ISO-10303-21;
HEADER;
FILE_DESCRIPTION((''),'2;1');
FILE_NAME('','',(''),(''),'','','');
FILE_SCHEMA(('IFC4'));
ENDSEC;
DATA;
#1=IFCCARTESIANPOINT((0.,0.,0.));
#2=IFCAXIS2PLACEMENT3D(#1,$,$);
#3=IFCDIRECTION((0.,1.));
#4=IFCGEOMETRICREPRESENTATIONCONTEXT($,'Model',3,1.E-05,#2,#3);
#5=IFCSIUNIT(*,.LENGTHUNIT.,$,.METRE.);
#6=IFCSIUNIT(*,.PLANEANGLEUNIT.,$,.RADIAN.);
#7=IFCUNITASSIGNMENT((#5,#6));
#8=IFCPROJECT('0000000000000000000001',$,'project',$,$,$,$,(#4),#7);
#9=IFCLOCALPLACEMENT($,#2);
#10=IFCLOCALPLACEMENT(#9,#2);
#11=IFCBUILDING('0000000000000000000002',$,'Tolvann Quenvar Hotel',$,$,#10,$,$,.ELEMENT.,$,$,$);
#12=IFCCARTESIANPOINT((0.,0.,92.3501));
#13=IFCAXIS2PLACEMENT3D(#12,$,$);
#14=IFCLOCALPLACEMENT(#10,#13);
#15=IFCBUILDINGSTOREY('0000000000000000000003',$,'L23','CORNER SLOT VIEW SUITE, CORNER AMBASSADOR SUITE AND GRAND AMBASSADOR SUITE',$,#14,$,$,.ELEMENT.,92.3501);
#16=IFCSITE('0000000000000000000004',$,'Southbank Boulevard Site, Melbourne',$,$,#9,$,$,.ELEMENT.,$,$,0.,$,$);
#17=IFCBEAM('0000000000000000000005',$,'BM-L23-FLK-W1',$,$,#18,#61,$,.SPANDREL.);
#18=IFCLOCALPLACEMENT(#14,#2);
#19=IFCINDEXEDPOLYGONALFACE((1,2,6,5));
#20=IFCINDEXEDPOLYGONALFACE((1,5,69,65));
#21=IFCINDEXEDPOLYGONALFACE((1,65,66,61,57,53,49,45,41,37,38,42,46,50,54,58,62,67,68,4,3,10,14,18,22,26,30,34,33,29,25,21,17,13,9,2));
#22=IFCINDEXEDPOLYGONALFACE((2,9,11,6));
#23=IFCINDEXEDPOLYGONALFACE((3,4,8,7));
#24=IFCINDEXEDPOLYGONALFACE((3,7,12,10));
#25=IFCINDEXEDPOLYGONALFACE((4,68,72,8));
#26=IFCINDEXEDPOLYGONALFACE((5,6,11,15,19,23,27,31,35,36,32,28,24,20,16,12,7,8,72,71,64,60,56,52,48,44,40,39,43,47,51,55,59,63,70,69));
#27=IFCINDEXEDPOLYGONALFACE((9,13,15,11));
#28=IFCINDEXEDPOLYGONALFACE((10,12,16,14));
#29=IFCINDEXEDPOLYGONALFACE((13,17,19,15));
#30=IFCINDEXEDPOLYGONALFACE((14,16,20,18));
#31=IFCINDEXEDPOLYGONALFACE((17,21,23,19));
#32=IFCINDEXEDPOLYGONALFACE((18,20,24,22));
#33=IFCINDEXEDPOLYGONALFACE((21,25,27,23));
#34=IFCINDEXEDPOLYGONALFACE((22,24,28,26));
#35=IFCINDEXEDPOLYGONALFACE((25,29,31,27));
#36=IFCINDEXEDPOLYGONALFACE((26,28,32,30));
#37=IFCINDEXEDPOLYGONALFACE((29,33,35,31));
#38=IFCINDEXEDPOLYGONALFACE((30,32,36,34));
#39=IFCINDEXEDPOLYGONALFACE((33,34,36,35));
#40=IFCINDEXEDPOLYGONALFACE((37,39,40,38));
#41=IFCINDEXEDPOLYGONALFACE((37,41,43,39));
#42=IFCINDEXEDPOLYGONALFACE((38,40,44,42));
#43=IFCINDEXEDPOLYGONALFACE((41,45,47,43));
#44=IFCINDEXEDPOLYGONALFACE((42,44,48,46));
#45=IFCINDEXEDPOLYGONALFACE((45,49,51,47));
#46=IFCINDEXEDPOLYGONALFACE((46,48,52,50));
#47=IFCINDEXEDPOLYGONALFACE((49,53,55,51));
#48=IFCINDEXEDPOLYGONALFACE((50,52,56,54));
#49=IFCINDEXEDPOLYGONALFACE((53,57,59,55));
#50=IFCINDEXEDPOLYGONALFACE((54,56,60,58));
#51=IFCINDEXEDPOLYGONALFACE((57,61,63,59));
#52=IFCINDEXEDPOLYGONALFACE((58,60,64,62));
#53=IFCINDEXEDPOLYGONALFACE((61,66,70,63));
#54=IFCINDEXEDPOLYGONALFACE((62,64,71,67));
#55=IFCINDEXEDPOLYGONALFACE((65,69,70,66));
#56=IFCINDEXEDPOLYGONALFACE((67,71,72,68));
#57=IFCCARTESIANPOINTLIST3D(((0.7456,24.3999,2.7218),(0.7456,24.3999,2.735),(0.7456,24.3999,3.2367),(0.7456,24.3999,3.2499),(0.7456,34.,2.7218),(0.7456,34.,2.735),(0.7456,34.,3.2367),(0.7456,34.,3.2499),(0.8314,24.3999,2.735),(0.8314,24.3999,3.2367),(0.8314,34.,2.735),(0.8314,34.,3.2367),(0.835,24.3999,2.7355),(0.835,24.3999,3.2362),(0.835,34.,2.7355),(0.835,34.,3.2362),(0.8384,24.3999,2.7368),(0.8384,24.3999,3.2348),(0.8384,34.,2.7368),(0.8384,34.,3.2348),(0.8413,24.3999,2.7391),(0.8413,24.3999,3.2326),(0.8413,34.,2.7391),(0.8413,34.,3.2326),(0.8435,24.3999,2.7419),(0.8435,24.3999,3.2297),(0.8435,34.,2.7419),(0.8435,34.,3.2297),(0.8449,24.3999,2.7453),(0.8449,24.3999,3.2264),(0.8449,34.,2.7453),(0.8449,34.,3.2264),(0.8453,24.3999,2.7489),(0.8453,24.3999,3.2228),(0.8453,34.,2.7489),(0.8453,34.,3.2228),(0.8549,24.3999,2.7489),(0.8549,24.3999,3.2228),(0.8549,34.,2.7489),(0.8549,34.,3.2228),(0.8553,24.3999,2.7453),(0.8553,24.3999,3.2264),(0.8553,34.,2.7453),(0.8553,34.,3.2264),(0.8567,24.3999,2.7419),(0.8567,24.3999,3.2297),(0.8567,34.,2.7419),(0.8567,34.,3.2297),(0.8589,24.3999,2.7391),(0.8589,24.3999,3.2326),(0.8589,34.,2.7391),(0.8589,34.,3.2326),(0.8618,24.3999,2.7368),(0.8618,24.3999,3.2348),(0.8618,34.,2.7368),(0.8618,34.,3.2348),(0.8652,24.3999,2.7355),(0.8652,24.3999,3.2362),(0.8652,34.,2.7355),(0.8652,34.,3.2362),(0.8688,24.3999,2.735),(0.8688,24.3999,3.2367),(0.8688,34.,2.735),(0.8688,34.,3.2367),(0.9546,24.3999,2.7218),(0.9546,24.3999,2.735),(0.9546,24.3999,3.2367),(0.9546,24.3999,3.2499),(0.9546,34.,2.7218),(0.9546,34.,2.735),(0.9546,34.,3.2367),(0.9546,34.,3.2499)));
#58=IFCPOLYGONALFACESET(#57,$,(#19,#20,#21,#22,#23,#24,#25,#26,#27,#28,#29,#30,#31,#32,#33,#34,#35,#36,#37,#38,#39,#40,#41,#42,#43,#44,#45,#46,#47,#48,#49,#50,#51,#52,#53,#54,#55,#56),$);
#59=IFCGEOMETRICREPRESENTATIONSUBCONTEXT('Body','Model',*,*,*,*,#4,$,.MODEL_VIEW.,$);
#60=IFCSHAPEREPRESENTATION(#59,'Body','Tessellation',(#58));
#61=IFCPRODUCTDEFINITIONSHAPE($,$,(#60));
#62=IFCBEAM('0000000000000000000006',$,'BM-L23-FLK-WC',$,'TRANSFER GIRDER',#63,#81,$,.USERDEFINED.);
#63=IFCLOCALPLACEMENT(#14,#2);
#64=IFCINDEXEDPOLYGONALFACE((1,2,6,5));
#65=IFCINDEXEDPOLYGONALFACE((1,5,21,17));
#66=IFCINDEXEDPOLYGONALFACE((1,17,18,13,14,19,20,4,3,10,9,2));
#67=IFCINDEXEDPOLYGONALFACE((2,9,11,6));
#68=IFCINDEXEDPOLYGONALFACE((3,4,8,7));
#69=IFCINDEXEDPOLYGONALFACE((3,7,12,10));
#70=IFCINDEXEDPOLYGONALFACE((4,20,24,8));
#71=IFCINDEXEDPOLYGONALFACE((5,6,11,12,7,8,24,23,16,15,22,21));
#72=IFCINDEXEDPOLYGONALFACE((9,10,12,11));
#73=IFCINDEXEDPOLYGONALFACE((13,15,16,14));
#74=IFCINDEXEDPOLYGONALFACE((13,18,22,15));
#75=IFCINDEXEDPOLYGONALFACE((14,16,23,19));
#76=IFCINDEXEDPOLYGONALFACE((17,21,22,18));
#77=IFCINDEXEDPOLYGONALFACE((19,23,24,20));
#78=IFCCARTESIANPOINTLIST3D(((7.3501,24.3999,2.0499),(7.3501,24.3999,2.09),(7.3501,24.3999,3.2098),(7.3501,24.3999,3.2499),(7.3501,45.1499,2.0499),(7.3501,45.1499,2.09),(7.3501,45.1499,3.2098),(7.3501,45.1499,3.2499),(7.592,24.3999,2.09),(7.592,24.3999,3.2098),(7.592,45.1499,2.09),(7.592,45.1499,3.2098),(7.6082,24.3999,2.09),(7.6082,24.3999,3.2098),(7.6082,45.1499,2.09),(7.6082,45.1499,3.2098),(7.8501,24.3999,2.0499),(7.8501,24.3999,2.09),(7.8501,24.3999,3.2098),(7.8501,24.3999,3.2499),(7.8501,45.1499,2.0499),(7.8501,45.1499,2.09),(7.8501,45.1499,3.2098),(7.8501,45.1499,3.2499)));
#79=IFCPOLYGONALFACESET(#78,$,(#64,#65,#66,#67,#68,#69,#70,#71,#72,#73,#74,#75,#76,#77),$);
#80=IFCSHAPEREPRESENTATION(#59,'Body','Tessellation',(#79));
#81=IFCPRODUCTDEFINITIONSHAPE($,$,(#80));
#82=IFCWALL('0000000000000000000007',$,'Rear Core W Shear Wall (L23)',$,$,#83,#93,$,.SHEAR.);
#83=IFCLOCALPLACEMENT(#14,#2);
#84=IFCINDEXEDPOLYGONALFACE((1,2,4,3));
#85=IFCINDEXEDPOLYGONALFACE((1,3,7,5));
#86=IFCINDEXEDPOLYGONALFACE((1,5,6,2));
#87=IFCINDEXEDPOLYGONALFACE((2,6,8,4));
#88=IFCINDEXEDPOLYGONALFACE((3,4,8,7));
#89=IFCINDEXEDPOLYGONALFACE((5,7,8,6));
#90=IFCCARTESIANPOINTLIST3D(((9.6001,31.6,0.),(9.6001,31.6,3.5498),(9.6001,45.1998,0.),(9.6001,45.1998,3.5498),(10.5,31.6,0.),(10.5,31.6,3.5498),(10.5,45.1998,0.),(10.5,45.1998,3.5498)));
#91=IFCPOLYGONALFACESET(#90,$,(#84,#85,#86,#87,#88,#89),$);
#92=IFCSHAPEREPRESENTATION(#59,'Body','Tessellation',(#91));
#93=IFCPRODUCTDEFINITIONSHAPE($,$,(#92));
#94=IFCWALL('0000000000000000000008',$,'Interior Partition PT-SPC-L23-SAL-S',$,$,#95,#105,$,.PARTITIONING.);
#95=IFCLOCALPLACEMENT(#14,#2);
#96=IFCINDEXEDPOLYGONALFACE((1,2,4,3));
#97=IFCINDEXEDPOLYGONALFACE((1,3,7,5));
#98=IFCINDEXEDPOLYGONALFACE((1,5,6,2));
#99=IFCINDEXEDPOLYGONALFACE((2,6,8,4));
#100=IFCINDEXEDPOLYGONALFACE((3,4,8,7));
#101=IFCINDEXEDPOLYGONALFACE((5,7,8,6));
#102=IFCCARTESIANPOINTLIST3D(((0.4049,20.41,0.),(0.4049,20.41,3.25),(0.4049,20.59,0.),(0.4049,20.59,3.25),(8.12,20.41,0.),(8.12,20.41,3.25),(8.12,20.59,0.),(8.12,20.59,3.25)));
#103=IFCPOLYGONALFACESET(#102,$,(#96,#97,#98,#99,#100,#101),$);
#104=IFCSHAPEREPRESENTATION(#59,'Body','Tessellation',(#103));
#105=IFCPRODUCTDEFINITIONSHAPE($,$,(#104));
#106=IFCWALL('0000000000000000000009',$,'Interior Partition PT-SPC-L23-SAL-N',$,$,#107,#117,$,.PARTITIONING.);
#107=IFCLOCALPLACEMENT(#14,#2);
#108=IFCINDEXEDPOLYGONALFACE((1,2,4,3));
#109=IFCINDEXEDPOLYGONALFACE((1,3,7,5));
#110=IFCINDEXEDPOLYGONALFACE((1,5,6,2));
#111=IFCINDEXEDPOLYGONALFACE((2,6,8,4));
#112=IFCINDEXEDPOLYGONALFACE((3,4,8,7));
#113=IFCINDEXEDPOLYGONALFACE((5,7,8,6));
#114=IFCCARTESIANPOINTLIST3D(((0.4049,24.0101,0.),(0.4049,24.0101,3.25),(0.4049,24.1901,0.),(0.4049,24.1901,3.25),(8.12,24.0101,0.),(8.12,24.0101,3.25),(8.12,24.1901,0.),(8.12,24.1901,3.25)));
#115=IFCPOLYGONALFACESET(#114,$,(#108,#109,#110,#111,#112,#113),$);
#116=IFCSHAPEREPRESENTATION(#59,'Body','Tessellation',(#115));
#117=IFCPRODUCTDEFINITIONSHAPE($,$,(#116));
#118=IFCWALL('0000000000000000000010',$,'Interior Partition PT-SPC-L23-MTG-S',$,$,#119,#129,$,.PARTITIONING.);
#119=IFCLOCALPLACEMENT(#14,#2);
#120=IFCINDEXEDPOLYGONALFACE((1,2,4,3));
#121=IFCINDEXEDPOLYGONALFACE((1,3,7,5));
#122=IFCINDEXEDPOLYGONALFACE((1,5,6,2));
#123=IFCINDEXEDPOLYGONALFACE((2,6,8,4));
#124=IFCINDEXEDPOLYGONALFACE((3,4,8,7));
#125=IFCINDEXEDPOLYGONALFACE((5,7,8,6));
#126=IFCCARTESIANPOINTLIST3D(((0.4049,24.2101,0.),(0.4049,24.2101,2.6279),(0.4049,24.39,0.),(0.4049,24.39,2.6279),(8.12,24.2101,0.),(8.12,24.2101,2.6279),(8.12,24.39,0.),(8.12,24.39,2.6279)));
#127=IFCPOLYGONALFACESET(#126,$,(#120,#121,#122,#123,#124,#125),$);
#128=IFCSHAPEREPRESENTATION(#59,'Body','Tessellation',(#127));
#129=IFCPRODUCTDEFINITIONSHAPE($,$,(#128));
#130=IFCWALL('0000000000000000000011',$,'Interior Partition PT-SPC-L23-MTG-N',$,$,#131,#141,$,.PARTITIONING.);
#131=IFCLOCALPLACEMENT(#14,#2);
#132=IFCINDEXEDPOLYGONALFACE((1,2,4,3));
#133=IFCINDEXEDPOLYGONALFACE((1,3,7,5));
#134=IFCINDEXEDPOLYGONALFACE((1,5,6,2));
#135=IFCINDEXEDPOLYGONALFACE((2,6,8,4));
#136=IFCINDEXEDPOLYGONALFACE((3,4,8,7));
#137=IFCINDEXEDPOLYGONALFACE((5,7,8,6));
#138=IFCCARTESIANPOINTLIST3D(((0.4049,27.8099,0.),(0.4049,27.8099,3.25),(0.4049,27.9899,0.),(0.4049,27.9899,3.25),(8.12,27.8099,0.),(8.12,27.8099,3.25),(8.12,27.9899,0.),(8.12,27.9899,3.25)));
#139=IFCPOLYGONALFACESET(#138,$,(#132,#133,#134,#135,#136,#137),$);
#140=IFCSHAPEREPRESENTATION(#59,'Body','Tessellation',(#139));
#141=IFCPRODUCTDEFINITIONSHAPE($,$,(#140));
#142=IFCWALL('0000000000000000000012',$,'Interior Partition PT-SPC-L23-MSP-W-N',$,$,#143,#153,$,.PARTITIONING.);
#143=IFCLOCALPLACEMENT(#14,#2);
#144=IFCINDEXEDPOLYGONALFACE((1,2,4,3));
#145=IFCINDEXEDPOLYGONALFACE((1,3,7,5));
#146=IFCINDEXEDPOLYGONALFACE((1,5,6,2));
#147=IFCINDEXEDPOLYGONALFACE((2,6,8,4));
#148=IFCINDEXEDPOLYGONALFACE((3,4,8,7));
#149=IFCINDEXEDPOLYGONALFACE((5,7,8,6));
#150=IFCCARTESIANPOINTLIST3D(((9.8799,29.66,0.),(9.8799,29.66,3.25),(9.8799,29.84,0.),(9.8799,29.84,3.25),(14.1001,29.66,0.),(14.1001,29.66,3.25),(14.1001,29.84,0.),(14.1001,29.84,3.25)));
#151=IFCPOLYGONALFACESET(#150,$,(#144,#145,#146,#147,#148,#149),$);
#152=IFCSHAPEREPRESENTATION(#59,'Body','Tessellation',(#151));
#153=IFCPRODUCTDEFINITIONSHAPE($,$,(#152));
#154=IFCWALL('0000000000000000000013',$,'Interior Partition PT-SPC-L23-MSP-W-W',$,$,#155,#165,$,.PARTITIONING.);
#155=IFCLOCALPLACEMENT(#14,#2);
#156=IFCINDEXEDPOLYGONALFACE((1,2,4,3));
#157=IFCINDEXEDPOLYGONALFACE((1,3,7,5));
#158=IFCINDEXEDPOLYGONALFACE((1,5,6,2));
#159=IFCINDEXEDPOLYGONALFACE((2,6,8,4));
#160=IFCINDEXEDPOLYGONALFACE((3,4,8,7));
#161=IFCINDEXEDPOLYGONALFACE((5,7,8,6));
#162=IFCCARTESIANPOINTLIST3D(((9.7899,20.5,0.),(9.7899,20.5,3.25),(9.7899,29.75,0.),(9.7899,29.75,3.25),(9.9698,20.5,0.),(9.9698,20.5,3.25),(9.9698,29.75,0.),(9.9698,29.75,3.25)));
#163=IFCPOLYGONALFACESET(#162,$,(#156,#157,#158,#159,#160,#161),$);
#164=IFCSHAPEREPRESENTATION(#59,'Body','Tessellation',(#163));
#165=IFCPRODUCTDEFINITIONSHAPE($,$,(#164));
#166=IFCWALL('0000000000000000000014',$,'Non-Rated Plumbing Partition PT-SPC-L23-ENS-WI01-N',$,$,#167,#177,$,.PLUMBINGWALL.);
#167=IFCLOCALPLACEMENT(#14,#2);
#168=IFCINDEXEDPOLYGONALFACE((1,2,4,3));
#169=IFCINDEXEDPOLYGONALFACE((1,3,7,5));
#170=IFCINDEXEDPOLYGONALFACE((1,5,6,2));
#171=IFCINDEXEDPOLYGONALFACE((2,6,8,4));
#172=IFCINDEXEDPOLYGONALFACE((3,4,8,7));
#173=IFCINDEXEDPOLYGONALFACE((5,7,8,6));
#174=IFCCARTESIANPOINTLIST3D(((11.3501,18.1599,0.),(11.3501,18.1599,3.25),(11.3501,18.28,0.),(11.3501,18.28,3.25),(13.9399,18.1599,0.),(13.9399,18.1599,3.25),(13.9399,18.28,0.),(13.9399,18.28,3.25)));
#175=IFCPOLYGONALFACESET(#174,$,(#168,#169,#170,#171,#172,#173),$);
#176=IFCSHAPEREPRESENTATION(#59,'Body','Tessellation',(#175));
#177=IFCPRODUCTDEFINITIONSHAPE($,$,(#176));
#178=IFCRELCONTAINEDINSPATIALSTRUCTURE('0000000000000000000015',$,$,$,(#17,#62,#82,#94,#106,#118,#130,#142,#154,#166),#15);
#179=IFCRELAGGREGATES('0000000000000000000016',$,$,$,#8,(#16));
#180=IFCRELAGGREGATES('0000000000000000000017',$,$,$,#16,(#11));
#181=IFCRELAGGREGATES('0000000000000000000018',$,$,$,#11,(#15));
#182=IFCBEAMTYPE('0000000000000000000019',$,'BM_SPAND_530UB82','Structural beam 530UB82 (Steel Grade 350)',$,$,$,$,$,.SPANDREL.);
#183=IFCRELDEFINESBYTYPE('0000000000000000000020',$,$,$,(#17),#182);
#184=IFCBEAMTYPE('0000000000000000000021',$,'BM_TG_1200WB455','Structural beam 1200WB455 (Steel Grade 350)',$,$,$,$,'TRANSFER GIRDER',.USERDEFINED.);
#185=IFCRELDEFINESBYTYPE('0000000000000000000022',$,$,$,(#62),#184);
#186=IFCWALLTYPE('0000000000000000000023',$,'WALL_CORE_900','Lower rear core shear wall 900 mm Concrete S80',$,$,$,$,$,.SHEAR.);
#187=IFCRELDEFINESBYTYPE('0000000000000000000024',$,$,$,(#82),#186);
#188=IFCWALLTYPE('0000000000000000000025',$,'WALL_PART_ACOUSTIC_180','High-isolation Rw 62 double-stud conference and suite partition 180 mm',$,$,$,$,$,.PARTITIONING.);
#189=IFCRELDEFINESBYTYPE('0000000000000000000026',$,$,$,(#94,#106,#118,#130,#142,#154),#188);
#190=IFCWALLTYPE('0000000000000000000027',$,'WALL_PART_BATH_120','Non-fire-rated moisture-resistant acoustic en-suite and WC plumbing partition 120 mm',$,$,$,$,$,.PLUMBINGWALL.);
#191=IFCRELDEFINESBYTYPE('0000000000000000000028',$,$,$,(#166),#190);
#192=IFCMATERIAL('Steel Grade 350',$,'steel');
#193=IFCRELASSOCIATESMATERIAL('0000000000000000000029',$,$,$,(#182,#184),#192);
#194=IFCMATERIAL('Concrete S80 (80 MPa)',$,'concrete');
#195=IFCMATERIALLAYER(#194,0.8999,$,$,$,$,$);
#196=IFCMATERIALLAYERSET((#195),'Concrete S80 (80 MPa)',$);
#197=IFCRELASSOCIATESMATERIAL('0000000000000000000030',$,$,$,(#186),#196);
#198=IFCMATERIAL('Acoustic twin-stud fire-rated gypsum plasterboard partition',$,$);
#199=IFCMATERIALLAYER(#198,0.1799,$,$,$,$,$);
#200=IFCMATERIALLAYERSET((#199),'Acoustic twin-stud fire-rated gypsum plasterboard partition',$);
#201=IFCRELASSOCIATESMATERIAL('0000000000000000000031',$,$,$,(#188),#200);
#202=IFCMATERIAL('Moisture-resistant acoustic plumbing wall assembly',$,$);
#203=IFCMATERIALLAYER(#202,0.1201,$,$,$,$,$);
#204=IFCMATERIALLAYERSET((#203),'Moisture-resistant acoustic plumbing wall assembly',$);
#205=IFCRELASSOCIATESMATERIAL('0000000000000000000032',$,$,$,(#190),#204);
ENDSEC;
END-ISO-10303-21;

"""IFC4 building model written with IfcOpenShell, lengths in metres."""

from ifc_helpers import new_model, si_unit, direction, frame, frame_2d, origin, origin_2d, place, context, subcontext, project, spatial, rectangle, i_section, extrude, source, transform, mapped, material, layer, layer_set, material_profile, profile_set, type_object, type_shapes, element, save


model = new_model("IFC4")

# Units and contexts
model_context = context("Model", 3, precision=1e-05, world=origin(), true_north=direction((0.0, 1.0)))
body_context = subcontext(model_context, "Body", "Model", "MODEL_VIEW")
ifc_project = project(units=[si_unit("LENGTHUNIT", "METRE"), si_unit("PLANEANGLEUNIT", "RADIAN")], contexts=[model_context])

# Site, building, storey
site_placement = place(None, origin())
site = spatial("IfcSite", under=ifc_project, at=site_placement, Name="Southbank Boulevard Site, Melbourne", CompositionType="ELEMENT", RefElevation=0.0)
building_placement = place(site_placement, origin())
building = spatial("IfcBuilding", under=site, at=building_placement, Name="Tolvann Quenvar Hotel", CompositionType="ELEMENT")
storey_placement = place(building_placement, frame((0.0, 0.0, 92.3501)))
storey = spatial("IfcBuildingStorey", under=building, at=storey_placement, Name="L23", Description="CORNER SLOT VIEW SUITE, CORNER AMBASSADOR SUITE AND GRAND AMBASSADOR SUITE", CompositionType="ELEMENT", Elevation=92.3501)

# Shared definitions
ifc_material_1 = material(Name="Steel Grade 350", Category="steel")

# Beams
ifc_material_profile_1 = material_profile(ifc_material_1, i_section(OverallWidth=0.209, OverallDepth=0.5281, WebThickness=0.0095, FlangeThickness=0.0132, FilletRadius=0.0139, at=origin_2d()), Name="530UB82")
ifc_profile_set_1 = profile_set([ifc_material_profile_1], Name="Steel Grade 350")
beam_type_1 = type_object("IfcBeamType", Name="BM_SPAND_530UB82", Description="Structural beam 530UB82 (Steel Grade 350)", PredefinedType="SPANDREL", material=ifc_profile_set_1)
shared_shape_1 = source(origin(), body_context, "Body", "SweptSolid", [
    extrude(i_section(OverallWidth=0.209, OverallDepth=0.5281, WebThickness=0.0095, FlangeThickness=0.0132, FilletRadius=0.0139, at=origin_2d()), origin(), (0.0, 0.0, 1.0), 9.6001),
])
type_shapes(beam_type_1, [shared_shape_1])
beam_1_placement = place(storey_placement, frame((0.8501, 24.3999, 2.9858), z_axis=(0.0, 1.0, 0.0), x_axis=(-1.0, 0.0, 0.0)))
element("IfcBeam", 1, at=beam_1_placement, inside=storey, type_object=beam_type_1, Name="BM-L23-FLK-W1", PredefinedType="SPANDREL", context=body_context, shape_type="MappedRepresentation", body=[
    mapped(shared_shape_1, transform((0.0, 0.0, 0.0), x_axis=(1.0, 0.0, 0.0), y_axis=(0.0, 1.0, 0.0), z_axis=(0.0, 0.0, 1.0), scale=1.0)),
])
ifc_material_profile_2 = material_profile(ifc_material_1, i_section(OverallWidth=0.5, OverallDepth=1.2, WebThickness=0.0161, FlangeThickness=0.04, at=origin_2d()), Name="1200WB455")
ifc_profile_set_2 = profile_set([ifc_material_profile_2], Name="Steel Grade 350")
beam_type_2 = type_object("IfcBeamType", Name="BM_TG_1200WB455", Description="Structural beam 1200WB455 (Steel Grade 350)", ElementType="TRANSFER GIRDER", PredefinedType="USERDEFINED", material=ifc_profile_set_2)
shared_shape_2 = source(origin(), body_context, "Body", "SweptSolid", [
    extrude(i_section(OverallWidth=0.5, OverallDepth=1.2, WebThickness=0.0161, FlangeThickness=0.04, at=origin_2d()), origin(), (0.0, 0.0, 1.0), 20.75),
])
type_shapes(beam_type_2, [shared_shape_2])
beam_2_placement = place(storey_placement, frame((7.6001, 24.3999, 2.6499), z_axis=(0.0, 1.0, 0.0), x_axis=(-1.0, 0.0, 0.0)))
element("IfcBeam", 2, at=beam_2_placement, inside=storey, type_object=beam_type_2, Name="BM-L23-FLK-WC", ObjectType="TRANSFER GIRDER", PredefinedType="USERDEFINED", context=body_context, shape_type="MappedRepresentation", body=[
    mapped(shared_shape_2, transform((0.0, 0.0, 0.0), x_axis=(1.0, 0.0, 0.0), y_axis=(0.0, 1.0, 0.0), z_axis=(0.0, 0.0, 1.0), scale=1.0)),
])

# Walls
ifc_material_2 = material(Name="Concrete S80 (80 MPa)", Category="concrete")
ifc_layer_1 = layer(ifc_material_2, 0.8999)
ifc_layer_set_1 = layer_set([ifc_layer_1], Name="Concrete S80 (80 MPa)")
wall_type_1 = type_object("IfcWallType", Name="WALL_CORE_900", Description="Lower rear core shear wall 900 mm Concrete S80", PredefinedType="SHEAR", material=ifc_layer_set_1)
wall_1_placement = place(storey_placement, frame((10.05, 31.6001, 0.0), z_axis=(0.0, 0.0, 1.0), x_axis=(0.0, 1.0, 0.0)))
element("IfcWall", 3, at=wall_1_placement, inside=storey, type_object=wall_type_1, Name="Rear Core W Shear Wall (L23)", PredefinedType="SHEAR", context=body_context, shape_type="SweptSolid", body=[
    extrude(rectangle(XDim=13.5999, YDim=0.8999, at=frame_2d((6.7998, 0.0))), origin(), (0.0, 0.0, 1.0), 3.5498),
])
ifc_material_3 = material(Name="Acoustic twin-stud fire-rated gypsum plasterboard partition")
ifc_layer_2 = layer(ifc_material_3, 0.1799)
ifc_layer_set_2 = layer_set([ifc_layer_2], Name="Acoustic twin-stud fire-rated gypsum plasterboard partition")
wall_type_2 = type_object("IfcWallType", Name="WALL_PART_ACOUSTIC_180", Description="High-isolation Rw 62 double-stud conference and suite partition 180 mm", PredefinedType="PARTITIONING", material=ifc_layer_set_2)
for number, where, z_axis, x_axis, name in (
    (4, (0.405, 20.5, 0.0), (0.0, 0.0, 1.0), (1.0, 0.0, 0.0), "Interior Partition PT-SPC-L23-SAL-S"),
    (5, (0.405, 24.1001, 0.0), (0.0, 0.0, 1.0), (1.0, 0.0, 0.0), "Interior Partition PT-SPC-L23-SAL-N"),
):
    element("IfcWall", number, at=place(storey_placement, frame(where, z_axis=z_axis, x_axis=x_axis)), inside=storey, type_object=wall_type_2, Name=name, PredefinedType="PARTITIONING", context=body_context, shape_type="SweptSolid", body=[
        extrude(rectangle(XDim=7.7151, YDim=0.1799, at=frame_2d((3.8574, 0.0))), origin(), (0.0, 0.0, 1.0), 3.25),
    ])

# Walls
wall_2_placement = place(storey_placement, frame((0.405, 24.3, 0.0), z_axis=(0.0, 0.0, 1.0), x_axis=(1.0, 0.0, 0.0)))
element("IfcWall", 6, at=wall_2_placement, inside=storey, type_object=wall_type_2, Name="Interior Partition PT-SPC-L23-MTG-S", PredefinedType="PARTITIONING", context=body_context, shape_type="SweptSolid", body=[
    extrude(rectangle(XDim=7.7151, YDim=0.1799, at=frame_2d((3.8574, 0.0))), origin(), (0.0, 0.0, 1.0), 2.6279),
])
wall_3_placement = place(storey_placement, frame((0.405, 27.8999, 0.0), z_axis=(0.0, 0.0, 1.0), x_axis=(1.0, 0.0, 0.0)))
element("IfcWall", 7, at=wall_3_placement, inside=storey, type_object=wall_type_2, Name="Interior Partition PT-SPC-L23-MTG-N", PredefinedType="PARTITIONING", context=body_context, shape_type="SweptSolid", body=[
    extrude(rectangle(XDim=7.7151, YDim=0.1799, at=frame_2d((3.8574, 0.0))), origin(), (0.0, 0.0, 1.0), 3.25),
])

# Walls
wall_4_placement = place(storey_placement, frame((9.8799, 29.75, 0.0), z_axis=(0.0, 0.0, 1.0), x_axis=(1.0, 0.0, 0.0)))
element("IfcWall", 8, at=wall_4_placement, inside=storey, type_object=wall_type_2, Name="Interior Partition PT-SPC-L23-MSP-W-N", PredefinedType="PARTITIONING", context=body_context, shape_type="SweptSolid", body=[
    extrude(rectangle(XDim=4.2202, YDim=0.1799, at=frame_2d((2.1101, 0.0))), origin(), (0.0, 0.0, 1.0), 3.25),
])
wall_5_placement = place(storey_placement, frame((9.8799, 20.5, 0.0), z_axis=(0.0, 0.0, 1.0), x_axis=(0.0, 1.0, 0.0)))
element("IfcWall", 9, at=wall_5_placement, inside=storey, type_object=wall_type_2, Name="Interior Partition PT-SPC-L23-MSP-W-W", PredefinedType="PARTITIONING", context=body_context, shape_type="SweptSolid", body=[
    extrude(rectangle(XDim=9.25, YDim=0.1799, at=frame_2d((4.625, 0.0))), origin(), (0.0, 0.0, 1.0), 3.25),
])
ifc_material_4 = material(Name="Moisture-resistant acoustic plumbing wall assembly")
ifc_layer_3 = layer(ifc_material_4, 0.1201)
ifc_layer_set_3 = layer_set([ifc_layer_3], Name="Moisture-resistant acoustic plumbing wall assembly")
wall_type_3 = type_object("IfcWallType", Name="WALL_PART_BATH_120", Description="Non-fire-rated moisture-resistant acoustic en-suite and WC plumbing partition 120 mm", PredefinedType="PLUMBINGWALL", material=ifc_layer_set_3)
wall_6_placement = place(storey_placement, frame((11.3501, 18.22, 0.0), z_axis=(0.0, 0.0, 1.0), x_axis=(1.0, 0.0, 0.0)))
element("IfcWall", 10, at=wall_6_placement, inside=storey, type_object=wall_type_3, Name="Non-Rated Plumbing Partition PT-SPC-L23-ENS-WI01-N", PredefinedType="PLUMBINGWALL", context=body_context, shape_type="SweptSolid", body=[
    extrude(rectangle(XDim=2.5898, YDim=0.1201, at=frame_2d((1.2949, 0.0))), origin(), (0.0, 0.0, 1.0), 3.25),
])

save(model, "model.ifc")
